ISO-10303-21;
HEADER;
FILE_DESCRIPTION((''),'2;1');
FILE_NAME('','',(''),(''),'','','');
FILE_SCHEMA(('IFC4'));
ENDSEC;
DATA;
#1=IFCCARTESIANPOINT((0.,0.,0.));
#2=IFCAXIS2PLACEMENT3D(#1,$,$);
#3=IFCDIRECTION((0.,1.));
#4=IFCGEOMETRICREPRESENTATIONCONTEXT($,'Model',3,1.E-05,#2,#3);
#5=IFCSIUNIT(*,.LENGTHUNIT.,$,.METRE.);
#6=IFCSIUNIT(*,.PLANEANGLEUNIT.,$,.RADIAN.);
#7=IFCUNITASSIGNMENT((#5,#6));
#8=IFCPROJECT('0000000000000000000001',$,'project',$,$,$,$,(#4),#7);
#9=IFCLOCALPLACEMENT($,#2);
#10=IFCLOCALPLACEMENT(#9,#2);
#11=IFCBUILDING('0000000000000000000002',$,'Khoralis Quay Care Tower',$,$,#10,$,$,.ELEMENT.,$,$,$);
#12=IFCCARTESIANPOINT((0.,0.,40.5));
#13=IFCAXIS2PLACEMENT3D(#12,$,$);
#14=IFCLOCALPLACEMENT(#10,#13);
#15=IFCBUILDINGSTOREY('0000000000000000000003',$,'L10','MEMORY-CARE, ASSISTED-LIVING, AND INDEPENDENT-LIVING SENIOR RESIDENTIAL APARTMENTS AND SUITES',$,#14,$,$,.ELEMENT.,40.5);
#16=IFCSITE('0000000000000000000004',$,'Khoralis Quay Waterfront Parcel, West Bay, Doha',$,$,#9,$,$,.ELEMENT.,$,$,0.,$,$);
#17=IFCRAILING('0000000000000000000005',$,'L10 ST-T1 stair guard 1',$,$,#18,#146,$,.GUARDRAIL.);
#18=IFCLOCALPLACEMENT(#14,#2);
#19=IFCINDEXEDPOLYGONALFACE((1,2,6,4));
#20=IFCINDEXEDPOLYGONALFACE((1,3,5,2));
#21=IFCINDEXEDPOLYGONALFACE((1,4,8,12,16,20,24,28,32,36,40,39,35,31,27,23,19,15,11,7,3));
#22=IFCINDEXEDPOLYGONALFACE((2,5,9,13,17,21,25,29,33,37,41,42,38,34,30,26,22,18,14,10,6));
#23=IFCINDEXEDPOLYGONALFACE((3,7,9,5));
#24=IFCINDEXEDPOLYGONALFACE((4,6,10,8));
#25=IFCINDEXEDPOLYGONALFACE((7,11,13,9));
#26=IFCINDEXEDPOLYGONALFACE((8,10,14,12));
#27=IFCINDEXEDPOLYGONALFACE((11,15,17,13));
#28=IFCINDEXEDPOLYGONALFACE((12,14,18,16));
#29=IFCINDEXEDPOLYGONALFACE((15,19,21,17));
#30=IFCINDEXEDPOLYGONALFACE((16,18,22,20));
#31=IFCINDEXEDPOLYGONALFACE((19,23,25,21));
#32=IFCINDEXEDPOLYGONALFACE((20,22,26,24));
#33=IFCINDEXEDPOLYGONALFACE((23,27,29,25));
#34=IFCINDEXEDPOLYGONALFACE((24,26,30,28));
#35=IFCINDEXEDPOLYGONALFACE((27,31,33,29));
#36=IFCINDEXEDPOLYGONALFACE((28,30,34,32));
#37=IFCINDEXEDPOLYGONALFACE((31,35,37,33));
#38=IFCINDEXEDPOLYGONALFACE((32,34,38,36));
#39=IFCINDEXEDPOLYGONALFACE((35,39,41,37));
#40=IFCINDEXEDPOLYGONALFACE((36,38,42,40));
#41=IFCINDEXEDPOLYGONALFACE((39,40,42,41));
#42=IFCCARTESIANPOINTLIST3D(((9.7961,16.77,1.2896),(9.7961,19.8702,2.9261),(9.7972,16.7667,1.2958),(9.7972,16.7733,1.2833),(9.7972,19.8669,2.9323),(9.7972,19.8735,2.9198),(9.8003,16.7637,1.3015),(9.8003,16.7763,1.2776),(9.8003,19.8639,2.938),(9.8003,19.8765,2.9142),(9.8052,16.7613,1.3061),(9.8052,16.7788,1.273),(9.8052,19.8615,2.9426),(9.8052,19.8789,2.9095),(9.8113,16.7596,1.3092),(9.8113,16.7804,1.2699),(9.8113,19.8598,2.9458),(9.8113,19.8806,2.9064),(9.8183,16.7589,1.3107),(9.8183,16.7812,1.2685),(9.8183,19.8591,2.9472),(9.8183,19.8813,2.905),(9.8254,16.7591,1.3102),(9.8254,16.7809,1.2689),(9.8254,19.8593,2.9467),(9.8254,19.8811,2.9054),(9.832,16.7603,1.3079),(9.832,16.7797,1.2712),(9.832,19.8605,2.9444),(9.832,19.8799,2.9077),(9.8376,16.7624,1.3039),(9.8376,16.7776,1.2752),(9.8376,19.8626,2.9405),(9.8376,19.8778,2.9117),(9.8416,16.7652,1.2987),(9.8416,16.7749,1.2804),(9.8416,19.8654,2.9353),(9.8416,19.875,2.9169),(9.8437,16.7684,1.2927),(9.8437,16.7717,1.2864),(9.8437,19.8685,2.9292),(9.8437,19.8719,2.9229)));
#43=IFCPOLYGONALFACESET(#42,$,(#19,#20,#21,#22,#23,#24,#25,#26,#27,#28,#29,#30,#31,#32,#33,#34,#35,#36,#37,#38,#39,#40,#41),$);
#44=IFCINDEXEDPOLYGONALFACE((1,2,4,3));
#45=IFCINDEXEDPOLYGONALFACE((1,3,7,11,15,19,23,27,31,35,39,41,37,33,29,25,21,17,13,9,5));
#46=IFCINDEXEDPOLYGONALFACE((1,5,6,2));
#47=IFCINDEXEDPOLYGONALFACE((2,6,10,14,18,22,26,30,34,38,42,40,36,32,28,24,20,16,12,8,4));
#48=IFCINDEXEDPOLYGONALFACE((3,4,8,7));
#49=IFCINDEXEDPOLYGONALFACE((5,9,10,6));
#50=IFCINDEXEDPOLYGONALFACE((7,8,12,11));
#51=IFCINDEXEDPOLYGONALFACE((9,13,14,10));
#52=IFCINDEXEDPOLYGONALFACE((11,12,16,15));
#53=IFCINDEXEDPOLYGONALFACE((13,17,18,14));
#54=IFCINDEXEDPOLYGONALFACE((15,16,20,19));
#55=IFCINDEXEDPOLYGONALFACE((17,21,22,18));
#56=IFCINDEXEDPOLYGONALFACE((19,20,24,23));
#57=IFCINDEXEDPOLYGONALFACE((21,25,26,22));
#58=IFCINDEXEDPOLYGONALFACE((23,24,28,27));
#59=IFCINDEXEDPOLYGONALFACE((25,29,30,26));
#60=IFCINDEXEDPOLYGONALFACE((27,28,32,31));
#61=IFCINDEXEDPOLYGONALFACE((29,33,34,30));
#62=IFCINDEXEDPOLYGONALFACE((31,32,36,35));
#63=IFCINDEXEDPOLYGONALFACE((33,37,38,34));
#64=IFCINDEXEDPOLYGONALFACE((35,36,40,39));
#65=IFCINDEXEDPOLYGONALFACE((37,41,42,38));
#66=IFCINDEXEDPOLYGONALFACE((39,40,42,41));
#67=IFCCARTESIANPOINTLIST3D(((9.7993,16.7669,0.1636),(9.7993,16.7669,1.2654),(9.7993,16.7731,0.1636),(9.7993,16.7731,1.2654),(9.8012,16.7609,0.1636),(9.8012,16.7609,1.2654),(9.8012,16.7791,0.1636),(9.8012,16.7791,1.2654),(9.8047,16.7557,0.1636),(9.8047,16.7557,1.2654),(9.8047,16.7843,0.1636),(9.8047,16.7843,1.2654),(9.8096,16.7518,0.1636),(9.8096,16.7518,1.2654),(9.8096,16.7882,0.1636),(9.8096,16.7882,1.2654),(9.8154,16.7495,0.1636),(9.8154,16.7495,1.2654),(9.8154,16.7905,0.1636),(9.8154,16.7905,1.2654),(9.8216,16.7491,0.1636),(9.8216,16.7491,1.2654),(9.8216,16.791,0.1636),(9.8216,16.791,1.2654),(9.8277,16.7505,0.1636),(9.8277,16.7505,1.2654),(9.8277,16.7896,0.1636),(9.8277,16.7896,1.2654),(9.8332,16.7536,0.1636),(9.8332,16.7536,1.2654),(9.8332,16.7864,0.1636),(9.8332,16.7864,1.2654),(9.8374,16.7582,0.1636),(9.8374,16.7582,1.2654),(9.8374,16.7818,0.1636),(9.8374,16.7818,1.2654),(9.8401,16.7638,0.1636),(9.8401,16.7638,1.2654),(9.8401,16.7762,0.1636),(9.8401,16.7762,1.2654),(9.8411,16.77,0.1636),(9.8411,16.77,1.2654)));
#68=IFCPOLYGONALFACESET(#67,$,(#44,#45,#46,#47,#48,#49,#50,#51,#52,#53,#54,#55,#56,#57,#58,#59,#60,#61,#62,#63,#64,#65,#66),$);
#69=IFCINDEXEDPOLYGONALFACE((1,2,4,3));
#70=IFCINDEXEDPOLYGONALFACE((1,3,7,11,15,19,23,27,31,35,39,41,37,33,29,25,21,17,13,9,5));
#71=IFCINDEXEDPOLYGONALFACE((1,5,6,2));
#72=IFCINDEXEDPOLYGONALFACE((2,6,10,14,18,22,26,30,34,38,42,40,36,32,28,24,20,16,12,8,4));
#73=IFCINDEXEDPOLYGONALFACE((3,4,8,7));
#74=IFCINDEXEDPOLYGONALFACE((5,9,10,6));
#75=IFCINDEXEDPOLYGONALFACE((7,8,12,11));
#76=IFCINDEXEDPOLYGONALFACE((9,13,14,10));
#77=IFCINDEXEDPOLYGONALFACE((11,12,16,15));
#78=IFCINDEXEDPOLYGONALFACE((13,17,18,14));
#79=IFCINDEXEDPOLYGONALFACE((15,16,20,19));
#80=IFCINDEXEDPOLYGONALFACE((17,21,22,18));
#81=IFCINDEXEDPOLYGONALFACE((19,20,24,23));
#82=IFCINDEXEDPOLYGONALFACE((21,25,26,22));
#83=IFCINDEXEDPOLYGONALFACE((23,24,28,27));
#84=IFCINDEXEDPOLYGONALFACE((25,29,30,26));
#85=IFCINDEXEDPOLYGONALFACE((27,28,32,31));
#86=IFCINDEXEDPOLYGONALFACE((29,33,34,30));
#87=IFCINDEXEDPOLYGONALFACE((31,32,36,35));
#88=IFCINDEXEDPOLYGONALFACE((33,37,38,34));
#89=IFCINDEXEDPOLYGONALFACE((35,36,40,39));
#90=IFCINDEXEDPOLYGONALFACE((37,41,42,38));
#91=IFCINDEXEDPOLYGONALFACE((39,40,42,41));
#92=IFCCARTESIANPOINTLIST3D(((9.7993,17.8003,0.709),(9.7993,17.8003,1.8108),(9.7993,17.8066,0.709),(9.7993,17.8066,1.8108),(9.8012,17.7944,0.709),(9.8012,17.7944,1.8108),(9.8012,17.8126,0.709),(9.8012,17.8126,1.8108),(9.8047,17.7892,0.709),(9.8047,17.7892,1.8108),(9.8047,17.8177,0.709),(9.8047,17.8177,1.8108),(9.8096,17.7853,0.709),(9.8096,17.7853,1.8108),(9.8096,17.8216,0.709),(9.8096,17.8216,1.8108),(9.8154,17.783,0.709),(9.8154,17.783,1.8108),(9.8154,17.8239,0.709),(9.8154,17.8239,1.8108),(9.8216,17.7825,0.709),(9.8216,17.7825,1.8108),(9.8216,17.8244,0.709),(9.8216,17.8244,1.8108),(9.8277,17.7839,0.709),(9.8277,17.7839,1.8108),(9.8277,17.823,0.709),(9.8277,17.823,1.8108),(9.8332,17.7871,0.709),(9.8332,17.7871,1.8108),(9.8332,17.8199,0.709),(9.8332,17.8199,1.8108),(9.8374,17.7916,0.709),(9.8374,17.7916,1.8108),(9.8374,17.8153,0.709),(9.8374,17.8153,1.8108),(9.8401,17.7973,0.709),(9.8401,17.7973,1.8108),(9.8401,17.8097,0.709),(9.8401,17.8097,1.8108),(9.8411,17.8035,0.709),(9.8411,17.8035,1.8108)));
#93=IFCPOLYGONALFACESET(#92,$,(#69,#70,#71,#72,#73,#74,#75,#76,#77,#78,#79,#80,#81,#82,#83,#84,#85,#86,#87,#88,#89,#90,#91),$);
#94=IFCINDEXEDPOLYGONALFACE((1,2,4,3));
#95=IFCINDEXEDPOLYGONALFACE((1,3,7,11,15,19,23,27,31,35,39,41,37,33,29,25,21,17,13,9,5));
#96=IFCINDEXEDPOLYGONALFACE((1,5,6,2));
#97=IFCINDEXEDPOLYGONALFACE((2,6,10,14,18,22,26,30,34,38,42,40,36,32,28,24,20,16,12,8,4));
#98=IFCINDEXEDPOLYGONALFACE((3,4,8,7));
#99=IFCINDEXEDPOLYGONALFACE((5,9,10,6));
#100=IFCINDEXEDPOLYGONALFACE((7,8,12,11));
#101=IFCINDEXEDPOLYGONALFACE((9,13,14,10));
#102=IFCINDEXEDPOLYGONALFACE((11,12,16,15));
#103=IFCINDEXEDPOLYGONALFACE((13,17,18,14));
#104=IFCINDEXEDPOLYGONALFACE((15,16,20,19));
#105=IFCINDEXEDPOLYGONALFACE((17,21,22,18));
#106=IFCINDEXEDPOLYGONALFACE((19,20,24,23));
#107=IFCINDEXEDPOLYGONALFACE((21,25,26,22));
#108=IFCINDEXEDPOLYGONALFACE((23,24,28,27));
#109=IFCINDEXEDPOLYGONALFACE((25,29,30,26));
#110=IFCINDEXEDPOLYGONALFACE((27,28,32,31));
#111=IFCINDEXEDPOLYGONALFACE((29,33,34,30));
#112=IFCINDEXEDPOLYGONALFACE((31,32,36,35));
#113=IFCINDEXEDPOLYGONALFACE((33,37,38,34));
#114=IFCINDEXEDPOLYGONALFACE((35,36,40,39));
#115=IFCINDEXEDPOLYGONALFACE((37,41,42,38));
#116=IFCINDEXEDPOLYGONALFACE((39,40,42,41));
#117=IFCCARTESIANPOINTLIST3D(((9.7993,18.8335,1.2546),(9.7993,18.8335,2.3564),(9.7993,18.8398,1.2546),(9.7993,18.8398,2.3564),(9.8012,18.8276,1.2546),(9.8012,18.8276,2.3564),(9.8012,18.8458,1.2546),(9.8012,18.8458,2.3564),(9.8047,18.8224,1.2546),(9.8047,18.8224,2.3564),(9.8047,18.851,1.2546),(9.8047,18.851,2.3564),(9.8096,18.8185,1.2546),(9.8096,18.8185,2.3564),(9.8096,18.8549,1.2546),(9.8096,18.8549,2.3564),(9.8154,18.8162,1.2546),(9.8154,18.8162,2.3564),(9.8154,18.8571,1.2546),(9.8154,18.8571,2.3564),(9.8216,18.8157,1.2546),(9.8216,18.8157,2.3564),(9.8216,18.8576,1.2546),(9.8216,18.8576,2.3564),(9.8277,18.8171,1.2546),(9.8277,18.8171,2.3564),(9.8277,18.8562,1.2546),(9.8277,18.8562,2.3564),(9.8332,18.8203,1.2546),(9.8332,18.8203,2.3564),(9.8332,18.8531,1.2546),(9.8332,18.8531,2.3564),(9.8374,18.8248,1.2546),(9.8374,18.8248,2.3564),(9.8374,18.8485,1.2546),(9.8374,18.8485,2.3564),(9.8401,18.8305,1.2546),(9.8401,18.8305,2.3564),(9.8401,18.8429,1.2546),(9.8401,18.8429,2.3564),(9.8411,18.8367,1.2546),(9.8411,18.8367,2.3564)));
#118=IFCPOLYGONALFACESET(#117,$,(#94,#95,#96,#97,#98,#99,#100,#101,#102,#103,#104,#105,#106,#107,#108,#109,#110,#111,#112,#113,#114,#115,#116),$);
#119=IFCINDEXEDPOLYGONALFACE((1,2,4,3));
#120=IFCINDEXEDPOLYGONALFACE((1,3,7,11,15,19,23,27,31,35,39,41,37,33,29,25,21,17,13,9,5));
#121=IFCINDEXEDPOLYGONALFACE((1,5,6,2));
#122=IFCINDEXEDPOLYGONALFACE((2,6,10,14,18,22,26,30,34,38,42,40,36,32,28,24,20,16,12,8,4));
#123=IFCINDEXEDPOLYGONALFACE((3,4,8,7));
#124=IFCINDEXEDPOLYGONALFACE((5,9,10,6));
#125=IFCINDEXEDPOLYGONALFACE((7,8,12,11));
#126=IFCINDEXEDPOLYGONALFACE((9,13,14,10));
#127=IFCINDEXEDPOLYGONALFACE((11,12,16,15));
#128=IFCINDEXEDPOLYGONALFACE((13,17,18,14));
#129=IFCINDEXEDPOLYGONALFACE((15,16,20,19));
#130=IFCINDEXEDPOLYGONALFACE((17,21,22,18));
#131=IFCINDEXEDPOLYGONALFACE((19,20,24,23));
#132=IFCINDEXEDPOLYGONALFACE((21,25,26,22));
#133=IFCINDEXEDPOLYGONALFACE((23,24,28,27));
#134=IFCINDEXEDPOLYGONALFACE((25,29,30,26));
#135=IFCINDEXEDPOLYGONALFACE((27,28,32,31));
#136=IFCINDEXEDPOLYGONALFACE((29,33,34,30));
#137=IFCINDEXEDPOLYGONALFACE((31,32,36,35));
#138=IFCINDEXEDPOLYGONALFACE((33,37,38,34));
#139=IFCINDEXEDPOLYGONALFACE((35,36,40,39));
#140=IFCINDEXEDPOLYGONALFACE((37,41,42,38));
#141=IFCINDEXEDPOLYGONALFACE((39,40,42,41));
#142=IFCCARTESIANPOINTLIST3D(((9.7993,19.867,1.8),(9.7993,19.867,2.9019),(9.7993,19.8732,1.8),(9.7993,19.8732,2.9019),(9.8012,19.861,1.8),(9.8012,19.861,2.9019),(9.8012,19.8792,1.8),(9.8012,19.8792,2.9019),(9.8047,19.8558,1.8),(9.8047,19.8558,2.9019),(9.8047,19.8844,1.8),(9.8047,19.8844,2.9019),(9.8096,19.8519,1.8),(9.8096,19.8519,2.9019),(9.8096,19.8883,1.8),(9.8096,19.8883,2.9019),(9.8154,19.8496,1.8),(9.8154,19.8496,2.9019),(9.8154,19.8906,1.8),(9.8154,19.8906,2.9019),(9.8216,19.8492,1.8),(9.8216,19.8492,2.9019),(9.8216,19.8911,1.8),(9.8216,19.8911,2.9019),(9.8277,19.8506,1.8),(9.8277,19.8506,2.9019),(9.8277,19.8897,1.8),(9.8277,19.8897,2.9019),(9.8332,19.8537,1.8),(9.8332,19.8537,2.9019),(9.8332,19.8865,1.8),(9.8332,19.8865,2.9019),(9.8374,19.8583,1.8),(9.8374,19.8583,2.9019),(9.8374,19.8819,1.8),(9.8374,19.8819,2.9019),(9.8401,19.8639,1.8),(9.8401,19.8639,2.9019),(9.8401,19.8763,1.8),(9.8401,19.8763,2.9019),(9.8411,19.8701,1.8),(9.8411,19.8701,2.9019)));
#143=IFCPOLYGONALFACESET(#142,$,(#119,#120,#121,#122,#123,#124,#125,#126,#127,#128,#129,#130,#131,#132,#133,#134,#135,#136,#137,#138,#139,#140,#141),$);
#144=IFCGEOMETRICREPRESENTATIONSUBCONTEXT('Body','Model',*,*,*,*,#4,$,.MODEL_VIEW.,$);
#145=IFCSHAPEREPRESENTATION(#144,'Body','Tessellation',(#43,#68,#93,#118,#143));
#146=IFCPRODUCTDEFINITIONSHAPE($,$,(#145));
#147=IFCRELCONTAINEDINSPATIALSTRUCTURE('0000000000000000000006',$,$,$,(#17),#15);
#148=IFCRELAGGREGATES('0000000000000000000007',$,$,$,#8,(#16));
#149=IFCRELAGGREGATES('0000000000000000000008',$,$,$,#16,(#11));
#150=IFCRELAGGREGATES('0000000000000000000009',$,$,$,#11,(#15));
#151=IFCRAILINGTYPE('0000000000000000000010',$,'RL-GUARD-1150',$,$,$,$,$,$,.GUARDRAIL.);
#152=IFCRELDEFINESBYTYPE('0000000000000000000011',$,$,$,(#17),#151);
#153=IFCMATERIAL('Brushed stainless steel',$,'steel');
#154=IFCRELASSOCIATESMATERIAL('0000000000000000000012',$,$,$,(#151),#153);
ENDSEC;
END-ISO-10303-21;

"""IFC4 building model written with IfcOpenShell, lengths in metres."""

from ifc_helpers import new_model, si_unit, direction, frame, origin, origin_2d, place, context, subcontext, project, spatial, circle, extrude, material, type_object, element, save


model = new_model("IFC4")

# Units and contexts
model_context = context("Model", 3, precision=1e-05, world=origin(), true_north=direction((0.0, 1.0)))
body_context = subcontext(model_context, "Body", "Model", "MODEL_VIEW")
ifc_project = project(units=[si_unit("LENGTHUNIT", "METRE"), si_unit("PLANEANGLEUNIT", "RADIAN")], contexts=[model_context])

# Site, building, storey
site_placement = place(None, origin())
site = spatial("IfcSite", under=ifc_project, at=site_placement, Name="Khoralis Quay Waterfront Parcel, West Bay, Doha", CompositionType="ELEMENT", RefElevation=0.0)
building_placement = place(site_placement, origin())
building = spatial("IfcBuilding", under=site, at=building_placement, Name="Khoralis Quay Care Tower", CompositionType="ELEMENT")
storey_placement = place(building_placement, frame((0.0, 0.0, 40.5)))
storey = spatial("IfcBuildingStorey", under=building, at=storey_placement, Name="L10", Description="MEMORY-CARE, ASSISTED-LIVING, AND INDEPENDENT-LIVING SENIOR RESIDENTIAL APARTMENTS AND SUITES", CompositionType="ELEMENT", Elevation=40.5)

# Shared definitions
ifc_material_1 = material(Name="Brushed stainless steel", Category="steel")

# Railing
railing_type_1 = type_object("IfcRailingType", Name="RL-GUARD-1150", PredefinedType="GUARDRAIL", material=ifc_material_1)
railing_1_placement = place(storey_placement, frame((9.8201, 16.77, 0.1636)))
element("IfcRailing", 1, at=railing_1_placement, inside=storey, type_object=railing_type_1, Name="L10 ST-T1 stair guard 1", PredefinedType="GUARDRAIL", context=body_context, shape_type="SweptSolid", body=[
    extrude(circle(Radius=0.0239, at=origin_2d()), frame((0.0, 0.0, 1.126), z_axis=(0.0, 0.884348, 0.466828), x_axis=(-1.0, 0.0, 0.0)), (0.0, 0.0, 1.0), 3.5056),
    extrude(circle(Radius=0.021, at=origin_2d()), origin(), (0.0, 0.0, 1.0), 1.1018),
    extrude(circle(Radius=0.021, at=origin_2d()), frame((0.0, 1.0334, 0.5454)), (0.0, 0.0, 1.0), 1.1018),
    extrude(circle(Radius=0.021, at=origin_2d()), frame((0.0, 2.0667, 1.0911)), (0.0, 0.0, 1.0), 1.1018),
    extrude(circle(Radius=0.021, at=origin_2d()), frame((0.0, 3.1001, 1.6365)), (0.0, 0.0, 1.0), 1.1018),
])

save(model, "model.ifc")
